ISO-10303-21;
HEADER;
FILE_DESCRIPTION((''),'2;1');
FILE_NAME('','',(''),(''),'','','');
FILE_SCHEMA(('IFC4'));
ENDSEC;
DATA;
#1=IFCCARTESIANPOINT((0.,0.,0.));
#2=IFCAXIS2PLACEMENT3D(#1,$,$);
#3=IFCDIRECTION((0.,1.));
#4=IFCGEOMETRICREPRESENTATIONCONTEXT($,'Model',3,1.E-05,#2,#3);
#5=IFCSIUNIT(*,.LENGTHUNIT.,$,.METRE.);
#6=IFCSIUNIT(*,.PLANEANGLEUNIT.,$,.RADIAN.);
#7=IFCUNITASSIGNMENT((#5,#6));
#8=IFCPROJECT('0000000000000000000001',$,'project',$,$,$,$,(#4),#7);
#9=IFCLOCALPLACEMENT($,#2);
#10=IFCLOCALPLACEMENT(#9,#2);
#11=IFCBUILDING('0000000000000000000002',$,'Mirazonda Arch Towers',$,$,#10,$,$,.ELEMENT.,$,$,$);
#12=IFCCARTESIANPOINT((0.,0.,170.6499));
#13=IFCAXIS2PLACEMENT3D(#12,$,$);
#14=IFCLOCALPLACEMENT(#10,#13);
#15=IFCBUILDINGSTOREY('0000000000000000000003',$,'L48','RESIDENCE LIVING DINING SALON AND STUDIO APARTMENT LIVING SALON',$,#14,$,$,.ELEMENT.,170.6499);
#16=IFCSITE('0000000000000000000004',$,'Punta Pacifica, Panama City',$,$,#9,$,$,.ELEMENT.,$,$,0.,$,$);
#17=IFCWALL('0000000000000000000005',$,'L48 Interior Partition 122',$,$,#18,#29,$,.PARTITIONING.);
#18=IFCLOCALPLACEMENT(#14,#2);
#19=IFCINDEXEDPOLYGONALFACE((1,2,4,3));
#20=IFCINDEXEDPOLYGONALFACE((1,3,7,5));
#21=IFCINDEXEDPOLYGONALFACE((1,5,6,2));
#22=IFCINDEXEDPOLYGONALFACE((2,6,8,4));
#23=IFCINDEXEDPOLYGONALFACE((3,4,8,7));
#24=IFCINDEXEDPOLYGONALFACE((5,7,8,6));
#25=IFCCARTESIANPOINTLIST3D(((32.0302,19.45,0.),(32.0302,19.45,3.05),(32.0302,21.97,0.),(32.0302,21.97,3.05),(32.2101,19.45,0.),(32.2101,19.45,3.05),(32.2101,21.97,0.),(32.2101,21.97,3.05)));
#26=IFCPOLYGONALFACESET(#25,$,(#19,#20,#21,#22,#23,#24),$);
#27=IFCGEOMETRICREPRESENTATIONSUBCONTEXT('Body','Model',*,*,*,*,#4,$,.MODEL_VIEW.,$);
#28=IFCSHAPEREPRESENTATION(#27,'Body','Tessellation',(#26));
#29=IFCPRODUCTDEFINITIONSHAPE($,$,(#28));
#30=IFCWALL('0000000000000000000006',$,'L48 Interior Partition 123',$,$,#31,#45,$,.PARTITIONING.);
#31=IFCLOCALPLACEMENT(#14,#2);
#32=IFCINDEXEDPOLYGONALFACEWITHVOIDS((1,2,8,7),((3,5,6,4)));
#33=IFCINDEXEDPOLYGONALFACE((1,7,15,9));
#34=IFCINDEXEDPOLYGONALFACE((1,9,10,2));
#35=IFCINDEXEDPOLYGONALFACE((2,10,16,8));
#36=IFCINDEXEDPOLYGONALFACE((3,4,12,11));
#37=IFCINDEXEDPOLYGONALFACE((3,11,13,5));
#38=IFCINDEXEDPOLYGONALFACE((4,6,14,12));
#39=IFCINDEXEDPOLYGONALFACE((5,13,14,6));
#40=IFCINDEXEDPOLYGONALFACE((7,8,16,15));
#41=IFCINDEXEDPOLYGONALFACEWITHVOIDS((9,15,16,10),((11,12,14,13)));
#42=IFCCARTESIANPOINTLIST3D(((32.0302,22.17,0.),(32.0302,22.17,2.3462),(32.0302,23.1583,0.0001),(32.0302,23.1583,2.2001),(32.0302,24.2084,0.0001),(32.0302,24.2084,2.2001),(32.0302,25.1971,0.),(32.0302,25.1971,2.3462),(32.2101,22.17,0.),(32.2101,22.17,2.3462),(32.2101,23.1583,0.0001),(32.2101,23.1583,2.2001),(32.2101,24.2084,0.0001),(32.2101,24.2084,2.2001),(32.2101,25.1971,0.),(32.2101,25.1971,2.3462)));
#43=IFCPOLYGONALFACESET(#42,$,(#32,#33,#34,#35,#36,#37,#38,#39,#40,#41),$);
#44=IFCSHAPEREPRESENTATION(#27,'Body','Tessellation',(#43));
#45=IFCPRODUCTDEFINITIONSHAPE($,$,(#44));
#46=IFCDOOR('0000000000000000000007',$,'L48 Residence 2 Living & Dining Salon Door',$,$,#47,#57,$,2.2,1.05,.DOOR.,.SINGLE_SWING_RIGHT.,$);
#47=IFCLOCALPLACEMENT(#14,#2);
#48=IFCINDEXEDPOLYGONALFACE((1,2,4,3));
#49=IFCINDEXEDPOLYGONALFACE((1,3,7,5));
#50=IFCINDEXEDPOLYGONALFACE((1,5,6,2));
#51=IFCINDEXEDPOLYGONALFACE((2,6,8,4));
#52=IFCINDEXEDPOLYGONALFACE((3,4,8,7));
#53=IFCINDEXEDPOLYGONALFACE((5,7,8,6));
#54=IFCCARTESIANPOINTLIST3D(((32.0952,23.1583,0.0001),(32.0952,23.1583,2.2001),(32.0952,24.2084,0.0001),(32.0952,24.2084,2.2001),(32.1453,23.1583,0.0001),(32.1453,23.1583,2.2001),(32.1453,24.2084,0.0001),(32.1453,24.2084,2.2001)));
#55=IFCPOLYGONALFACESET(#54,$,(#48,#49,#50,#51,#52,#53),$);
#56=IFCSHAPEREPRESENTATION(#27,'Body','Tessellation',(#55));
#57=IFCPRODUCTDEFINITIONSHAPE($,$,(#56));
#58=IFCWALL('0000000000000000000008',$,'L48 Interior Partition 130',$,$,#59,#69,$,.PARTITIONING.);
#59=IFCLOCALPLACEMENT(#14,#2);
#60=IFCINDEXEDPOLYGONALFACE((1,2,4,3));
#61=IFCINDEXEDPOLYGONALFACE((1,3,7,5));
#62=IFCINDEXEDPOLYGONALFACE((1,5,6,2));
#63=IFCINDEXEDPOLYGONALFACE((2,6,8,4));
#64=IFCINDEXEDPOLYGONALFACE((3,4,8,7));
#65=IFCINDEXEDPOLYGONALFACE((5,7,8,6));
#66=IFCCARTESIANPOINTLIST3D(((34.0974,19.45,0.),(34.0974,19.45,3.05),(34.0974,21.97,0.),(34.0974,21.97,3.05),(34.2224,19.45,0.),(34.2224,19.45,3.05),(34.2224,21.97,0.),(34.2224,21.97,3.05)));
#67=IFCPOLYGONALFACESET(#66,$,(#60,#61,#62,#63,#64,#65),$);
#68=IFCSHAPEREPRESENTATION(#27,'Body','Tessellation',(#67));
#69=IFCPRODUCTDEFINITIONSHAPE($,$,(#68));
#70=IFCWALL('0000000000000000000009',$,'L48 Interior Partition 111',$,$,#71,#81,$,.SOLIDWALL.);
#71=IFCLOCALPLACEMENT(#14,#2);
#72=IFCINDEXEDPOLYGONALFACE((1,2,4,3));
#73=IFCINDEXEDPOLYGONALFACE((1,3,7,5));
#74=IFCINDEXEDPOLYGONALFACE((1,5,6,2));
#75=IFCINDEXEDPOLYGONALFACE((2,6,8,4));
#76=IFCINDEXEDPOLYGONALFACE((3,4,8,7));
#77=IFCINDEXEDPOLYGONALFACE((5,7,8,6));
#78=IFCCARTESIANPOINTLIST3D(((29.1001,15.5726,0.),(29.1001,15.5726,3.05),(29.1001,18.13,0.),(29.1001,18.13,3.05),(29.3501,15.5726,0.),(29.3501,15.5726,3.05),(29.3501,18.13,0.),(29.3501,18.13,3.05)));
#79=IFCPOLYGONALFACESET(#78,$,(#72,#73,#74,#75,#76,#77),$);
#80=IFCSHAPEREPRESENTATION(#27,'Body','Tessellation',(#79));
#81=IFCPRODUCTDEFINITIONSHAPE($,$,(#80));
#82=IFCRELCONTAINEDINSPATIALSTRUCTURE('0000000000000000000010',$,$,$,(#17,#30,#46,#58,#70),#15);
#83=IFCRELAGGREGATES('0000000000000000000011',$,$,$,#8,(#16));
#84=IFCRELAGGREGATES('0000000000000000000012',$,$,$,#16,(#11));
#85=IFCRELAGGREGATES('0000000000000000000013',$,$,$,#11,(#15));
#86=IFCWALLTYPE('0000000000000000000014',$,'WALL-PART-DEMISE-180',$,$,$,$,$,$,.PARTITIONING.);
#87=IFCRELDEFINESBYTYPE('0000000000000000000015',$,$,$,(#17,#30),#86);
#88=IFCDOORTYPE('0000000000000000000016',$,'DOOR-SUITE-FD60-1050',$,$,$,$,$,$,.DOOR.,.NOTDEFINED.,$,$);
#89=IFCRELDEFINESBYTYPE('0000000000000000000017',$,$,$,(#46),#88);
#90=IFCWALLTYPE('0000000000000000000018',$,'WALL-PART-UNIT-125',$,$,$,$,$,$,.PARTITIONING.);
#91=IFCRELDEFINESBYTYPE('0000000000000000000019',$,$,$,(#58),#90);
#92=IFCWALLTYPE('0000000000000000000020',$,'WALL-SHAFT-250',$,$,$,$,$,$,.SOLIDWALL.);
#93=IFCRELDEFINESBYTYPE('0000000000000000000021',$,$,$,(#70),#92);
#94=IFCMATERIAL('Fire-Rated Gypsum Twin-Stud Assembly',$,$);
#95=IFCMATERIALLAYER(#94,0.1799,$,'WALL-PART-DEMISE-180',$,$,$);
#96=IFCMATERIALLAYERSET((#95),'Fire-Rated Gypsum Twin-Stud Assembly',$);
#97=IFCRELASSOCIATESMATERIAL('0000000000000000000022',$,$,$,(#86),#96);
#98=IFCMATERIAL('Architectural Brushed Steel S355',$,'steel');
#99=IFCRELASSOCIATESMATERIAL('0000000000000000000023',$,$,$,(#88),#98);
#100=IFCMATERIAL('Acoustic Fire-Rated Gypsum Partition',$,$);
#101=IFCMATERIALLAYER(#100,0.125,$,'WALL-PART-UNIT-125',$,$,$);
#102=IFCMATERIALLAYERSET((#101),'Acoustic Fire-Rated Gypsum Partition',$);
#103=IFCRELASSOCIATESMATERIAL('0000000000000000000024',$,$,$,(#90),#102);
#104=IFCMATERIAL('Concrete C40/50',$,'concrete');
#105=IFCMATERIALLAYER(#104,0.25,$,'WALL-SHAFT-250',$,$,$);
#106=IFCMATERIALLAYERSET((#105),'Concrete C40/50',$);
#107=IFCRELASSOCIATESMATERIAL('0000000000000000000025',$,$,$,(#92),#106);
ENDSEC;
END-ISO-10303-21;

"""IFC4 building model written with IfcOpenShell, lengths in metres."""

from ifc_helpers import new_model, si_unit, direction, frame, frame_2d, origin, place, context, subcontext, project, spatial, rectangle, extrude, material, layer, layer_set, type_object, element, fill, save


model = new_model("IFC4")

# Units and contexts
model_context = context("Model", 3, precision=1e-05, world=origin(), true_north=direction((0.0, 1.0)))
body_context = subcontext(model_context, "Body", "Model", "MODEL_VIEW")
ifc_project = project(units=[si_unit("LENGTHUNIT", "METRE"), si_unit("PLANEANGLEUNIT", "RADIAN")], contexts=[model_context])

# Site, building, storey
site_placement = place(None, origin())
site = spatial("IfcSite", under=ifc_project, at=site_placement, Name="Punta Pacifica, Panama City", CompositionType="ELEMENT", RefElevation=0.0)
building_placement = place(site_placement, origin())
building = spatial("IfcBuilding", under=site, at=building_placement, Name="Mirazonda Arch Towers", CompositionType="ELEMENT")
storey_placement = place(building_placement, frame((0.0, 0.0, 170.6499)))
storey = spatial("IfcBuildingStorey", under=building, at=storey_placement, Name="L48", Description="RESIDENCE LIVING DINING SALON AND STUDIO APARTMENT LIVING SALON", CompositionType="ELEMENT", Elevation=170.6499)

# Shared definitions
ifc_material_1 = material(Name="Fire-Rated Gypsum Twin-Stud Assembly")
ifc_layer_1 = layer(ifc_material_1, 0.1799, Name="WALL-PART-DEMISE-180")
ifc_layer_set_1 = layer_set([ifc_layer_1], Name="Fire-Rated Gypsum Twin-Stud Assembly")
wall_type_1 = type_object("IfcWallType", Name="WALL-PART-DEMISE-180", PredefinedType="PARTITIONING", material=ifc_layer_set_1)
ifc_material_2 = material(Name="Architectural Brushed Steel S355", Category="steel")

# Wall
wall_1_placement = place(storey_placement, frame((32.1201, 19.45, 0.0), z_axis=(0.0, 0.0, 1.0), x_axis=(0.0, 1.0, 0.0)))
element("IfcWall", 1, at=wall_1_placement, inside=storey, type_object=wall_type_1, Name="L48 Interior Partition 122", PredefinedType="PARTITIONING", context=body_context, shape_type="SweptSolid", body=[
    extrude(rectangle(XDim=2.52, YDim=0.1799, at=frame_2d((1.26, 0.0))), origin(), (0.0, 0.0, 1.0), 3.05),
])

# Wall, opening, door
wall_2_placement = place(storey_placement, frame((32.1201, 22.1699, 0.0), z_axis=(0.0, 0.0, 1.0), x_axis=(0.0, 1.0, 0.0)))
wall_2 = element("IfcWall", 2, at=wall_2_placement, inside=storey, type_object=wall_type_1, Name="L48 Interior Partition 123", PredefinedType="PARTITIONING", context=body_context, shape_type="SweptSolid", body=[
    extrude(rectangle(XDim=3.0271, YDim=0.1799, at=frame_2d((1.5137, 0.0))), origin(), (0.0, 0.0, 1.0), 2.3462),
])
opening_1_placement = place(wall_2_placement, frame((0.9885, 0.0, 0.0)))
opening_1 = element("IfcOpeningElement", 3, at=opening_1_placement, cuts=wall_2, PredefinedType="OPENING", context=body_context, shape_type="SweptSolid", body=[
    extrude(rectangle(XDim=1.05, YDim=2.2, at=frame_2d((0.5249, 1.1001))), frame((0.0, 0.0999, 0.0), z_axis=(0.0, -1.0, 0.0), x_axis=(1.0, 0.0, 0.0)), (0.0, 0.0, 1.0), 0.2),
])
door_type_1 = type_object("IfcDoorType", Name="DOOR-SUITE-FD60-1050", OperationType="NOTDEFINED", PredefinedType="DOOR", material=ifc_material_2)
door_1_placement = place(opening_1_placement, origin())
door_1 = element("IfcDoor", 4, at=door_1_placement, inside=storey, type_object=door_type_1, Name="L48 Residence 2 Living & Dining Salon Door", OperationType="SINGLE_SWING_RIGHT", OverallHeight=2.2, OverallWidth=1.05, PredefinedType="DOOR", context=body_context, shape_type="SweptSolid", body=[
    extrude(rectangle(XDim=1.05, YDim=2.2, at=frame_2d((0.5249, 1.1001))), frame((0.0, 0.0249, 0.0), z_axis=(0.0, -1.0, 0.0), x_axis=(1.0, 0.0, 0.0)), (0.0, 0.0, 1.0), 0.05),
])
fill(opening_1, door_1)

# Walls
ifc_material_3 = material(Name="Acoustic Fire-Rated Gypsum Partition")
ifc_layer_2 = layer(ifc_material_3, 0.125, Name="WALL-PART-UNIT-125")
ifc_layer_set_2 = layer_set([ifc_layer_2], Name="Acoustic Fire-Rated Gypsum Partition")
wall_type_2 = type_object("IfcWallType", Name="WALL-PART-UNIT-125", PredefinedType="PARTITIONING", material=ifc_layer_set_2)
wall_3_placement = place(storey_placement, frame((34.1599, 19.45, 0.0), z_axis=(0.0, 0.0, 1.0), x_axis=(0.0, 1.0, 0.0)))
element("IfcWall", 5, at=wall_3_placement, inside=storey, type_object=wall_type_2, Name="L48 Interior Partition 130", PredefinedType="PARTITIONING", context=body_context, shape_type="SweptSolid", body=[
    extrude(rectangle(XDim=2.52, YDim=0.125, at=frame_2d((1.26, 0.0))), origin(), (0.0, 0.0, 1.0), 3.05),
])
ifc_material_4 = material(Name="Concrete C40/50", Category="concrete")
ifc_layer_3 = layer(ifc_material_4, 0.25, Name="WALL-SHAFT-250")
ifc_layer_set_3 = layer_set([ifc_layer_3], Name="Concrete C40/50")
wall_type_3 = type_object("IfcWallType", Name="WALL-SHAFT-250", PredefinedType="SOLIDWALL", material=ifc_layer_set_3)
wall_4_placement = place(storey_placement, frame((29.2251, 15.5725, 0.0), z_axis=(0.0, 0.0, 1.0), x_axis=(0.0, 1.0, 0.0)))
element("IfcWall", 6, at=wall_4_placement, inside=storey, type_object=wall_type_3, Name="L48 Interior Partition 111", PredefinedType="SOLIDWALL", context=body_context, shape_type="SweptSolid", body=[
    extrude(rectangle(XDim=2.5574, YDim=0.25, at=frame_2d((1.2788, 0.0))), origin(), (0.0, 0.0, 1.0), 3.05),
])

save(model, "model.ifc")
